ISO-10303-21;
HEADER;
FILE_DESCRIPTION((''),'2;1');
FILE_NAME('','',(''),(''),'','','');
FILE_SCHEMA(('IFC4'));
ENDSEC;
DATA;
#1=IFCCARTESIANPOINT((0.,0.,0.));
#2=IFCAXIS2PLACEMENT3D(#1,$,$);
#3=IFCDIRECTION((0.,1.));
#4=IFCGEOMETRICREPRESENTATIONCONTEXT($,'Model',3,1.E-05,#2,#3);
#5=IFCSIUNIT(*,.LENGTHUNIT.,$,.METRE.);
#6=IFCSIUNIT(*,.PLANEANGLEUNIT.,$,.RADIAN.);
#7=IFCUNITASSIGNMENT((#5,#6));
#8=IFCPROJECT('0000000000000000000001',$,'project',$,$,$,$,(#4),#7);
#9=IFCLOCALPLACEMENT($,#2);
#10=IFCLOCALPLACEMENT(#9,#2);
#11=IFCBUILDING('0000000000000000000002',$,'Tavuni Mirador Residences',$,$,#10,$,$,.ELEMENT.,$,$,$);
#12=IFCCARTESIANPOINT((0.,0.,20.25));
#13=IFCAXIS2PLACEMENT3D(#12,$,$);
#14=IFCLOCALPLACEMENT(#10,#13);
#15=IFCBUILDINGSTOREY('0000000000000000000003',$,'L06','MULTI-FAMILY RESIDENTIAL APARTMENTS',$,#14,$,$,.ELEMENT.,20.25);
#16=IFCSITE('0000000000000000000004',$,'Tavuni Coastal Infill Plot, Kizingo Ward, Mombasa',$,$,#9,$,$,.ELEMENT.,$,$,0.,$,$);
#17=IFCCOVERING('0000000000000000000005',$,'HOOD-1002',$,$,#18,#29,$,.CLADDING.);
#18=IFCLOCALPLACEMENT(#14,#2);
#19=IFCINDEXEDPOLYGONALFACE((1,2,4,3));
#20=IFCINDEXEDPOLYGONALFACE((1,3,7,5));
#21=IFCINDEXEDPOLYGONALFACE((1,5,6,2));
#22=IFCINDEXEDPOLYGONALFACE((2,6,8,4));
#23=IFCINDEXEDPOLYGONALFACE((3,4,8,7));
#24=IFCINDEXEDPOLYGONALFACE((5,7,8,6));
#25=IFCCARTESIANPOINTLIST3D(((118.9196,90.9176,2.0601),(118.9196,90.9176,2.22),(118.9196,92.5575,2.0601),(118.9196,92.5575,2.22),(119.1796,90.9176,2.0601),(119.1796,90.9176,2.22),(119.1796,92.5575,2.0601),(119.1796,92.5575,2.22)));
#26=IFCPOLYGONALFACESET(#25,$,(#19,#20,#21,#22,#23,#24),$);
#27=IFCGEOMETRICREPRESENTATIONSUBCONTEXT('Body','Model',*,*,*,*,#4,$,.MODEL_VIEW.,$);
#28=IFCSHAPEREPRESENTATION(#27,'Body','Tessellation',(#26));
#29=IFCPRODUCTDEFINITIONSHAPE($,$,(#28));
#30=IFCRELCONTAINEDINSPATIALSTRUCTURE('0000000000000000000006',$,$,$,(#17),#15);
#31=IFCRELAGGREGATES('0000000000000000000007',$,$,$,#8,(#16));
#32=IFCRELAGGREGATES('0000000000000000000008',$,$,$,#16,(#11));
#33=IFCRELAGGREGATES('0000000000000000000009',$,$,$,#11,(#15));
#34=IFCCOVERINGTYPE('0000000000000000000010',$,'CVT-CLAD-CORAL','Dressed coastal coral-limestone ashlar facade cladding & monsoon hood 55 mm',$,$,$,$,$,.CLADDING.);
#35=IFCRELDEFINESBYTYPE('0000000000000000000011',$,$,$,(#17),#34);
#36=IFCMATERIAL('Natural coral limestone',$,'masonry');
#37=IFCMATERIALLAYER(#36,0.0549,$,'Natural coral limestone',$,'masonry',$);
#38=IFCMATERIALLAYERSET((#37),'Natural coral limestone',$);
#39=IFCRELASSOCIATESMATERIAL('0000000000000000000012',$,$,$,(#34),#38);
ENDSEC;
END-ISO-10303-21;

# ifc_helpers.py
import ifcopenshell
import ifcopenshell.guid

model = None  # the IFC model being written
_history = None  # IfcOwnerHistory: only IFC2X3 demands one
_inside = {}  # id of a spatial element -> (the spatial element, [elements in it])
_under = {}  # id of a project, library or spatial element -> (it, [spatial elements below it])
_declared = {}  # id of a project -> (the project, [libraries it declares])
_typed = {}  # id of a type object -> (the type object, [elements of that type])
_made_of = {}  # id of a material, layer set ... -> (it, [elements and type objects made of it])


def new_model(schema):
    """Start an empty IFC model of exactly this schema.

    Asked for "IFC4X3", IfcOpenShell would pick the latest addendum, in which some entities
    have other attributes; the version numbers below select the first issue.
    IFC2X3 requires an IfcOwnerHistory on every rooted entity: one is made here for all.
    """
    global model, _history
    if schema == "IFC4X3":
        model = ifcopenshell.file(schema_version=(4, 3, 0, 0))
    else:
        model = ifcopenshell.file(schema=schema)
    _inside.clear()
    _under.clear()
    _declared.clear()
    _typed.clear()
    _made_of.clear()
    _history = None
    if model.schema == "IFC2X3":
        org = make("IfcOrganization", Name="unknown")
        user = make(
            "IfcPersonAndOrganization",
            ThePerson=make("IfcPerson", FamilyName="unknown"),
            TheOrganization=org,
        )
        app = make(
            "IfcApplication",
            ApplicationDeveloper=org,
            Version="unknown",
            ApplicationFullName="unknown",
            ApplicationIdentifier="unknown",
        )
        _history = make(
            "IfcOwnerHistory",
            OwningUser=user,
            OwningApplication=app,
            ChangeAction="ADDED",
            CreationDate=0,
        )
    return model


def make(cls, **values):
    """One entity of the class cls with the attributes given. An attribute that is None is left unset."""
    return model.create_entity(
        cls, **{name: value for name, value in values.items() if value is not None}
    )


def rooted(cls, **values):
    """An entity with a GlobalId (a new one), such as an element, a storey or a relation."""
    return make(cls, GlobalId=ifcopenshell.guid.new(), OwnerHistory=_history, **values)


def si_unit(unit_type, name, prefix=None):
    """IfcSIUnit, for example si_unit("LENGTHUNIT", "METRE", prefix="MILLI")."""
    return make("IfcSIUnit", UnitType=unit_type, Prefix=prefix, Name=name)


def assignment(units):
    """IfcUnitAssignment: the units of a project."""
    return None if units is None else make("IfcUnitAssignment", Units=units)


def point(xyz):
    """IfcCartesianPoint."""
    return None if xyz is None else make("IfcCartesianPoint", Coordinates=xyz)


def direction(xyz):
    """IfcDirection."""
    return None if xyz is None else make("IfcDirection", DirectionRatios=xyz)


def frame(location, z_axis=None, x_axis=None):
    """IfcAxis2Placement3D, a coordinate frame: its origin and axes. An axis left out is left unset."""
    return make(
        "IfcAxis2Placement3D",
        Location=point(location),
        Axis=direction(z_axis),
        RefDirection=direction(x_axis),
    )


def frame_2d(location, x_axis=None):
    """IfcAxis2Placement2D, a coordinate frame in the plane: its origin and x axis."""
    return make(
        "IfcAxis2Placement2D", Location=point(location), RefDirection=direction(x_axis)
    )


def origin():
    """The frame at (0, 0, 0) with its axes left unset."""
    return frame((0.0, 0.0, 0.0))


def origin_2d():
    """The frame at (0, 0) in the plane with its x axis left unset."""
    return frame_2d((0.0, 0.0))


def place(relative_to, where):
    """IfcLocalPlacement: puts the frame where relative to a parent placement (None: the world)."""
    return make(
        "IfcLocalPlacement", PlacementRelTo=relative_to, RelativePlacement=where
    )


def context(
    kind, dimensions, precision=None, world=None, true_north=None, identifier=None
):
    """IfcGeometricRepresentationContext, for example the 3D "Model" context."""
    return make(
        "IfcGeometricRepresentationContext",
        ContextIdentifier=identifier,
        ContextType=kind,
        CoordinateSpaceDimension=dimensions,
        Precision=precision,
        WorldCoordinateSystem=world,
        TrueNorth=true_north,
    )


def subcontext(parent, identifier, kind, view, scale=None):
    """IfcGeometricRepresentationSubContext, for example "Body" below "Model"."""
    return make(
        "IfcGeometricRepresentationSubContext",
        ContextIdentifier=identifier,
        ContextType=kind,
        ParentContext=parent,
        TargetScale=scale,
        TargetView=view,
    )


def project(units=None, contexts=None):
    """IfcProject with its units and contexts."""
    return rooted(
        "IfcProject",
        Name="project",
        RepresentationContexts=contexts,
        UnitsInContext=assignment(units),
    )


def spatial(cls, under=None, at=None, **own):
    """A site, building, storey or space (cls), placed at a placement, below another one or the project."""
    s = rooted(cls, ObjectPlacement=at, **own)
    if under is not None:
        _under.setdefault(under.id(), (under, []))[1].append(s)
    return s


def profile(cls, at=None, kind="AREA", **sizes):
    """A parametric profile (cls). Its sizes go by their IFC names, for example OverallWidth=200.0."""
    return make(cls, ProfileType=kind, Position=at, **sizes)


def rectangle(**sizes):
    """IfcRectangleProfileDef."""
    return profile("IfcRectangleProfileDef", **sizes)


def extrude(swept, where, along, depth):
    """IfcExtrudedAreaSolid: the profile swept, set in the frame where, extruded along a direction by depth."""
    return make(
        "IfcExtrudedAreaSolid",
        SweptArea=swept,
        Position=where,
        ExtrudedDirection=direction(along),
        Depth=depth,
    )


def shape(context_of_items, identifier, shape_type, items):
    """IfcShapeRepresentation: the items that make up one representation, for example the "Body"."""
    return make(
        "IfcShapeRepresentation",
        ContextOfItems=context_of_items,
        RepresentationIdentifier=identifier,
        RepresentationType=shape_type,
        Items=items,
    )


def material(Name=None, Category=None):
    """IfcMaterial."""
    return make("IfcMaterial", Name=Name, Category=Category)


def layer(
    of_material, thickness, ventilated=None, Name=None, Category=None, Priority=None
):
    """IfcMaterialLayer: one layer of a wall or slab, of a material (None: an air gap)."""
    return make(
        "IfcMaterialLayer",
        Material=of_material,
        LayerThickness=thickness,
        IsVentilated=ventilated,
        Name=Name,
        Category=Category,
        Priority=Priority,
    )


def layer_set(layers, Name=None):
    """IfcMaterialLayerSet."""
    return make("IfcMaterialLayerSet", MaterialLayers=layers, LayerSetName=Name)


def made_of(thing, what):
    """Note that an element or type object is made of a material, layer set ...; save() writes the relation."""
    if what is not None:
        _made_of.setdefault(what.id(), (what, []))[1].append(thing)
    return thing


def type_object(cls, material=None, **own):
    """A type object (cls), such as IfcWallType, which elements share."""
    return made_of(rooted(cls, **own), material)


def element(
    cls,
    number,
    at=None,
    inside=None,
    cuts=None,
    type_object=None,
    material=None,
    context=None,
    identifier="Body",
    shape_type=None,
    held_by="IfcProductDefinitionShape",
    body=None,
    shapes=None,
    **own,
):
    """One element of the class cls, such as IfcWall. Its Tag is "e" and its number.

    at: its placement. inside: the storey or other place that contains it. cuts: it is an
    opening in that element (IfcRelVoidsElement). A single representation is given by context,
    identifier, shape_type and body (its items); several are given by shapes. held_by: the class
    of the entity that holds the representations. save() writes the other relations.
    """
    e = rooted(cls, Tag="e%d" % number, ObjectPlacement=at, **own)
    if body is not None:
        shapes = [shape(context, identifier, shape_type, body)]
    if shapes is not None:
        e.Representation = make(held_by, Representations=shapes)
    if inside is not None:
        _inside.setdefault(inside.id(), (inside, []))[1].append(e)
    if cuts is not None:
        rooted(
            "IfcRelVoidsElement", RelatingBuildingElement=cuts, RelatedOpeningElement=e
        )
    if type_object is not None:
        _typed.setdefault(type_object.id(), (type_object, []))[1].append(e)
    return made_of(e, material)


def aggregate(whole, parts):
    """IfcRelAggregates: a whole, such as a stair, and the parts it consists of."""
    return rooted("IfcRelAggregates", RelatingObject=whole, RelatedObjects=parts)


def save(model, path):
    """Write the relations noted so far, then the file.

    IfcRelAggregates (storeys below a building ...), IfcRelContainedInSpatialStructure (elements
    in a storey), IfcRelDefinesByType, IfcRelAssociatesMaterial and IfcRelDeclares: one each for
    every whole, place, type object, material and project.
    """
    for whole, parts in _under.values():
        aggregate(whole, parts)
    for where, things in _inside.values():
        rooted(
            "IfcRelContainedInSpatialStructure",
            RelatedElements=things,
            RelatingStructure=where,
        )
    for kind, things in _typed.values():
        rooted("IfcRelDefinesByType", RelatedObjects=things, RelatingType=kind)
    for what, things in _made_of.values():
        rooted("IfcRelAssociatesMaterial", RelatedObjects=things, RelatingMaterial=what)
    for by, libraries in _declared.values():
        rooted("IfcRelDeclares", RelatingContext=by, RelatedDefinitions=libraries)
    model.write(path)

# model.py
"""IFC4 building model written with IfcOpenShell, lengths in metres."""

from ifc_helpers import new_model, si_unit, direction, frame, origin, origin_2d, place, context, subcontext, project, spatial, rectangle, extrude, material, layer, layer_set, type_object, element, save


model = new_model("IFC4")

# Units and contexts
model_context = context("Model", 3, precision=1e-05, world=origin(), true_north=direction((0.0, 1.0)))
body_context = subcontext(model_context, "Body", "Model", "MODEL_VIEW")
ifc_project = project(units=[si_unit("LENGTHUNIT", "METRE"), si_unit("PLANEANGLEUNIT", "RADIAN")], contexts=[model_context])

# Site, building, storey
site_placement = place(None, origin())
site = spatial("IfcSite", under=ifc_project, at=site_placement, Name="Tavuni Coastal Infill Plot, Kizingo Ward, Mombasa", CompositionType="ELEMENT", RefElevation=0.0)
building_placement = place(site_placement, origin())
building = spatial("IfcBuilding", under=site, at=building_placement, Name="Tavuni Mirador Residences", CompositionType="ELEMENT")
storey_placement = place(building_placement, frame((0.0, 0.0, 20.25)))
storey = spatial("IfcBuildingStorey", under=building, at=storey_placement, Name="L06", Description="MULTI-FAMILY RESIDENTIAL APARTMENTS", CompositionType="ELEMENT", Elevation=20.25)

# Covering
ifc_material_1 = material(Name="Natural coral limestone", Category="masonry")
ifc_layer_1 = layer(ifc_material_1, 0.0549, Name="Natural coral limestone", Category="masonry")
ifc_layer_set_1 = layer_set([ifc_layer_1], Name="Natural coral limestone")
covering_type = type_object("IfcCoveringType", Name="CVT-CLAD-CORAL", Description="Dressed coastal coral-limestone ashlar facade cladding & monsoon hood 55 mm", PredefinedType="CLADDING", material=ifc_layer_set_1)
covering_placement = place(storey_placement, frame((119.0496, 91.7375, 2.0601), z_axis=(0.0, 0.0, 1.0), x_axis=(0.0, 1.0, 0.0)))
element("IfcCovering", 1, at=covering_placement, inside=storey, type_object=covering_type, Name="HOOD-1002", PredefinedType="CLADDING", context=body_context, shape_type="SweptSolid", body=[
    extrude(rectangle(XDim=1.6399, YDim=0.26, at=origin_2d()), origin(), (0.0, 0.0, 1.0), 0.1599),
])

save(model, "model.ifc")
